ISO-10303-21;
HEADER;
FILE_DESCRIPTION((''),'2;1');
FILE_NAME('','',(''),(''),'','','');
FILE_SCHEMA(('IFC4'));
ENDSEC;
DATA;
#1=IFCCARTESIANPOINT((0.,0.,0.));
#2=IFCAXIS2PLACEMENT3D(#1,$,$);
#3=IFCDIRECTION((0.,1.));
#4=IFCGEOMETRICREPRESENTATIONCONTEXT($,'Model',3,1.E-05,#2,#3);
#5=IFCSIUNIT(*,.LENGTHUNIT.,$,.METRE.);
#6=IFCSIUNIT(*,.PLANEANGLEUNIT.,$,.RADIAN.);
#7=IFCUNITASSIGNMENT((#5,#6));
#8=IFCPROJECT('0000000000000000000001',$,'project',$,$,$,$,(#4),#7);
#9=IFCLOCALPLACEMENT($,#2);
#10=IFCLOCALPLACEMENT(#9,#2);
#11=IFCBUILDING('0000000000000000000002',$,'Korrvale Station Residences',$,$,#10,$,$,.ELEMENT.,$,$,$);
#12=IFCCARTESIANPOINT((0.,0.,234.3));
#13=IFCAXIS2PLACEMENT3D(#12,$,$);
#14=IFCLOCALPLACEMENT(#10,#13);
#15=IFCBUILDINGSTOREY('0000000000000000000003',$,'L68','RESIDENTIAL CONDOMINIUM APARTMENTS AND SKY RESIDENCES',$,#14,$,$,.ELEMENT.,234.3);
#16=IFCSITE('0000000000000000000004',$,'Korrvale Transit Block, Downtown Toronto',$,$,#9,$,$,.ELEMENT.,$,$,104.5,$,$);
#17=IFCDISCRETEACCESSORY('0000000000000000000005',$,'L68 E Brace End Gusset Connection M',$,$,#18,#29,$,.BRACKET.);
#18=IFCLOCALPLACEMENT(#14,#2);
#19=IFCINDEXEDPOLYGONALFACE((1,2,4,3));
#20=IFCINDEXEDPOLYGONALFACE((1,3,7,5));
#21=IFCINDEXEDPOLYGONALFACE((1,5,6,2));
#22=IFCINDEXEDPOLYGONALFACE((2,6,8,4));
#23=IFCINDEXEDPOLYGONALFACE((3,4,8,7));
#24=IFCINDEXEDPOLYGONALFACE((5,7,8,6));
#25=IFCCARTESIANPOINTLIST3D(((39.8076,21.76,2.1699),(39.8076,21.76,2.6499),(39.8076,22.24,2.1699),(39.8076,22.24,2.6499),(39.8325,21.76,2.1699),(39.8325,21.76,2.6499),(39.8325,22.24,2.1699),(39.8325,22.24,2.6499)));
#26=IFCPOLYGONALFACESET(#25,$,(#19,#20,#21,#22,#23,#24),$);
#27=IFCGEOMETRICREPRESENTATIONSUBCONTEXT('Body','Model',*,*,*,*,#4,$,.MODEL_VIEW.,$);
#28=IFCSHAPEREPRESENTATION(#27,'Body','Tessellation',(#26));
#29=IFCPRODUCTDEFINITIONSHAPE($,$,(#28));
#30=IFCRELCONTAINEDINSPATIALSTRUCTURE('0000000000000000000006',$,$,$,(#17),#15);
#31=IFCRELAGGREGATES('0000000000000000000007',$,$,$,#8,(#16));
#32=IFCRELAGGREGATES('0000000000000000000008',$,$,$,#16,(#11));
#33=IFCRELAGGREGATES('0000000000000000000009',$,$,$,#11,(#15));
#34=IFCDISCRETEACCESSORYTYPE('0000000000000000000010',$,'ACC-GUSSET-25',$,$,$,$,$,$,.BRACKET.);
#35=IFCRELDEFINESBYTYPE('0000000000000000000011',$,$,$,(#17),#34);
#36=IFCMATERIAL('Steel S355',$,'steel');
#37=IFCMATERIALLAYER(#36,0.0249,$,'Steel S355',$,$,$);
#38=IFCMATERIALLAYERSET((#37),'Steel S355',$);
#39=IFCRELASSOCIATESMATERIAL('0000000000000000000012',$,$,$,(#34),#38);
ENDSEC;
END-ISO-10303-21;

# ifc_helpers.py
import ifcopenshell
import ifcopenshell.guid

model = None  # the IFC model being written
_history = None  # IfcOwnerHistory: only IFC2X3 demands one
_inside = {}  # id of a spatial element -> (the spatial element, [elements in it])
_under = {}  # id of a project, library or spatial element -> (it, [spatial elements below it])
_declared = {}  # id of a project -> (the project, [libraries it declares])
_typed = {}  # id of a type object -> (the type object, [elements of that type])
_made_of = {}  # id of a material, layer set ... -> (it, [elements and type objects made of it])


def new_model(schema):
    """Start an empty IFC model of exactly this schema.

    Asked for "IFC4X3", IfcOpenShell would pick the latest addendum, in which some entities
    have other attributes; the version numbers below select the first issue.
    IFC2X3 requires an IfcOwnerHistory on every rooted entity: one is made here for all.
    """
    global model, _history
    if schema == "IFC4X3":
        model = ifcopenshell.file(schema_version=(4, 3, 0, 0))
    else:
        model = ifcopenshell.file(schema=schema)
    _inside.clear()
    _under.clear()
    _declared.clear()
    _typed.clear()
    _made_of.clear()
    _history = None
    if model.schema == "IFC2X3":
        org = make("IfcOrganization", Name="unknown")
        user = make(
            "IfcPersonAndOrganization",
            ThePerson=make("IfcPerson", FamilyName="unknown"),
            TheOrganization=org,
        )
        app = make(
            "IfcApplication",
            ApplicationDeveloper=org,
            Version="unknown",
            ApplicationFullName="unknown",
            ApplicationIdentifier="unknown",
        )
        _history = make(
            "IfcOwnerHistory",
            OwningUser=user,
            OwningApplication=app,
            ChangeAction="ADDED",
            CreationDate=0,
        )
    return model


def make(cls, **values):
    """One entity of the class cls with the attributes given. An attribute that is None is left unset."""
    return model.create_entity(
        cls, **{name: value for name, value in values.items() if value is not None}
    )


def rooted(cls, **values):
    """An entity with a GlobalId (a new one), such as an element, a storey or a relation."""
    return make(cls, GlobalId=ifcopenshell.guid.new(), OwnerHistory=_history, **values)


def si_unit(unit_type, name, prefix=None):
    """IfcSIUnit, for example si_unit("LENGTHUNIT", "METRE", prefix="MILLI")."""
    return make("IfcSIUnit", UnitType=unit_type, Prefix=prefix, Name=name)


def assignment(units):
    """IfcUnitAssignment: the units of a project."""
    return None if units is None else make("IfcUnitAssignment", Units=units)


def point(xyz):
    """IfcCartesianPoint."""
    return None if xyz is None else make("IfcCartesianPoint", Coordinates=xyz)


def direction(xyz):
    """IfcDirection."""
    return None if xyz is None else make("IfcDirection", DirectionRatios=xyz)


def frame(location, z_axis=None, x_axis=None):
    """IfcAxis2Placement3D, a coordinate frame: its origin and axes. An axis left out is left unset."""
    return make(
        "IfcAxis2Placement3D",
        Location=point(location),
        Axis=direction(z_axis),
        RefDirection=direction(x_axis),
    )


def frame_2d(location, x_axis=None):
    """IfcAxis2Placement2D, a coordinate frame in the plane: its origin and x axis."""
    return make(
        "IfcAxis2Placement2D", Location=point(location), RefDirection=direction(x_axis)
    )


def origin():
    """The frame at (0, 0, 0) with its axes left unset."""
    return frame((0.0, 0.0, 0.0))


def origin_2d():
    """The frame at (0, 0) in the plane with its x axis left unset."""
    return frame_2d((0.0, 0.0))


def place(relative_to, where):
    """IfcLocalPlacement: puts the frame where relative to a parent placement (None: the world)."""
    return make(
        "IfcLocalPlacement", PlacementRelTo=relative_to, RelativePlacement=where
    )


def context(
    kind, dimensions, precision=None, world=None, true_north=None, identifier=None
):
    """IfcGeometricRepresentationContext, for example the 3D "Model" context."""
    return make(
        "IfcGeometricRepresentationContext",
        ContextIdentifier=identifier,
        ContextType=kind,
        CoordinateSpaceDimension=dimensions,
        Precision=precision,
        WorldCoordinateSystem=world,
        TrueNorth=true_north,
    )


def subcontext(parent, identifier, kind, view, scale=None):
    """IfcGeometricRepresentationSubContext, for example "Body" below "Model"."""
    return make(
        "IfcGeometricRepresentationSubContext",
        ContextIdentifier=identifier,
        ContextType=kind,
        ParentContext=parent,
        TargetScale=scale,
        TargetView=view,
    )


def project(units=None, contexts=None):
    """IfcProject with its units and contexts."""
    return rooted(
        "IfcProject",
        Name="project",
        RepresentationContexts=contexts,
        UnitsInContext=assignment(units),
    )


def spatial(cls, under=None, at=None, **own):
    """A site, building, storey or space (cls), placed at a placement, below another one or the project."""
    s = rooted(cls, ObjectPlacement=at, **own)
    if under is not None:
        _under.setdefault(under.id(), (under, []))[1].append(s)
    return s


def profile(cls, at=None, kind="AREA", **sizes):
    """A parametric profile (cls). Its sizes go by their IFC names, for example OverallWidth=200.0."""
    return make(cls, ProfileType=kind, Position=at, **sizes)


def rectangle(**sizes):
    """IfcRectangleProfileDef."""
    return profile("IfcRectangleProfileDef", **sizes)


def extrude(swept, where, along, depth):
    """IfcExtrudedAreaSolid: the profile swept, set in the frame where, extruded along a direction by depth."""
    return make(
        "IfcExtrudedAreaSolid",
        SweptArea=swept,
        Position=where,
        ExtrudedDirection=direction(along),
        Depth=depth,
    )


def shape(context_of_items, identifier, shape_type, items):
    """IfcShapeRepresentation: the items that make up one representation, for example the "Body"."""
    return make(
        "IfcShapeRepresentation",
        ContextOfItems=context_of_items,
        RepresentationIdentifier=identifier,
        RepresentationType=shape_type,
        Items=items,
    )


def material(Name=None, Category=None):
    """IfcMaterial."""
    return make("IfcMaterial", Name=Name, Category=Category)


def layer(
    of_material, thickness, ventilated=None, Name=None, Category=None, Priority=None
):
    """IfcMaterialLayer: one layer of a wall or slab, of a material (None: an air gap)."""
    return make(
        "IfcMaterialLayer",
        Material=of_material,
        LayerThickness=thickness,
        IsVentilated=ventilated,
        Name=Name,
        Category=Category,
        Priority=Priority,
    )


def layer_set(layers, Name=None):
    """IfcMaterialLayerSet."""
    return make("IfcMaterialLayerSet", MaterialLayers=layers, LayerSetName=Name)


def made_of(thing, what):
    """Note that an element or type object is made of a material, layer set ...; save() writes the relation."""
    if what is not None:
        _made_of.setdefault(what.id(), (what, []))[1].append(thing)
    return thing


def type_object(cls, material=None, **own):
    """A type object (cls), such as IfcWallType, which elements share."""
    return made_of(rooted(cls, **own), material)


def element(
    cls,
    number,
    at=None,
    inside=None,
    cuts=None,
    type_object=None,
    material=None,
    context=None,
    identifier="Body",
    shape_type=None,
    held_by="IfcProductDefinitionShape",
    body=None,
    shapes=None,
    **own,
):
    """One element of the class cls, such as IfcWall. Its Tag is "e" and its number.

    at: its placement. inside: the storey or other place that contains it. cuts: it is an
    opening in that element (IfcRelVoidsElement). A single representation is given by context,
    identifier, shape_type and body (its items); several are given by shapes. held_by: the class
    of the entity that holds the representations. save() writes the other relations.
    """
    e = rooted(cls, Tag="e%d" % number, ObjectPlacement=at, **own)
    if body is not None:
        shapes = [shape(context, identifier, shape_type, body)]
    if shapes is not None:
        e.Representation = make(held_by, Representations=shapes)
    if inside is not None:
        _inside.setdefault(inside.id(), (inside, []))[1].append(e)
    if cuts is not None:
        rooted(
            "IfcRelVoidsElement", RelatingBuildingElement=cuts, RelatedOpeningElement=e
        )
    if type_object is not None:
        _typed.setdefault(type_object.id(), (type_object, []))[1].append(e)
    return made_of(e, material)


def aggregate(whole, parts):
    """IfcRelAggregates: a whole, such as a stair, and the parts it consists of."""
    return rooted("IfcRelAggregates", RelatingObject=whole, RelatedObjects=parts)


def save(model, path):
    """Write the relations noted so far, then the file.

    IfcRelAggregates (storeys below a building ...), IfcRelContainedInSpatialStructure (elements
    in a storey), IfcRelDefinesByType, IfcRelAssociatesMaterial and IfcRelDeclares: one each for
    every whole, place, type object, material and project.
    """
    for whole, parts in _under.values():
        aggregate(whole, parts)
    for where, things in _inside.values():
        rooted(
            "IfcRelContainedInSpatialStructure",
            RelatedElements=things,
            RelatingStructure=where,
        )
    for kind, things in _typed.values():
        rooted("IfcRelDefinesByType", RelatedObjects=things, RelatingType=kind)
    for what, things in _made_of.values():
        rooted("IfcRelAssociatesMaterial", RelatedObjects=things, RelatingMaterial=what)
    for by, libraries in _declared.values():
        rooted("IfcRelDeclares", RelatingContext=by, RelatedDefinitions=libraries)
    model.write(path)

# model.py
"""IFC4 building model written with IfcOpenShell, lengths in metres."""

from ifc_helpers import new_model, si_unit, direction, frame, origin, origin_2d, place, context, subcontext, project, spatial, rectangle, extrude, material, layer, layer_set, type_object, element, save


model = new_model("IFC4")

# Units and contexts
model_context = context("Model", 3, precision=1e-05, world=origin(), true_north=direction((0.0, 1.0)))
body_context = subcontext(model_context, "Body", "Model", "MODEL_VIEW")
ifc_project = project(units=[si_unit("LENGTHUNIT", "METRE"), si_unit("PLANEANGLEUNIT", "RADIAN")], contexts=[model_context])

# Site, building, storey
site_placement = place(None, origin())
site = spatial("IfcSite", under=ifc_project, at=site_placement, Name="Korrvale Transit Block, Downtown Toronto", CompositionType="ELEMENT", RefElevation=104.5)
building_placement = place(site_placement, origin())
building = spatial("IfcBuilding", under=site, at=building_placement, Name="Korrvale Station Residences", CompositionType="ELEMENT")
storey_placement = place(building_placement, frame((0.0, 0.0, 234.3)))
storey = spatial("IfcBuildingStorey", under=building, at=storey_placement, Name="L68", Description="RESIDENTIAL CONDOMINIUM APARTMENTS AND SKY RESIDENCES", CompositionType="ELEMENT", Elevation=234.3)

# Shared definitions
ifc_material_1 = material(Name="Steel S355", Category="steel")

# Discrete accessory
ifc_layer_1 = layer(ifc_material_1, 0.0249, Name="Steel S355")
ifc_layer_set_1 = layer_set([ifc_layer_1], Name="Steel S355")
discrete_accessory_type = type_object("IfcDiscreteAccessoryType", Name="ACC-GUSSET-25", PredefinedType="BRACKET", material=ifc_layer_set_1)
for number, where, z_axis, x_axis, name in (
    (1, (39.8201, 22.0, 2.1699), (0.0, 0.0, 1.0), (0.0, 1.0, 0.0), "L68 E Brace End Gusset Connection M"),
):
    element("IfcDiscreteAccessory", number, at=place(storey_placement, frame(where, z_axis=z_axis, x_axis=x_axis)), inside=storey, type_object=discrete_accessory_type, Name=name, PredefinedType="BRACKET", context=body_context, shape_type="SweptSolid", body=[
        extrude(rectangle(XDim=0.48, YDim=0.0249, at=origin_2d()), origin(), (0.0, 0.0, 1.0), 0.48),
    ])

save(model, "model.ifc")
